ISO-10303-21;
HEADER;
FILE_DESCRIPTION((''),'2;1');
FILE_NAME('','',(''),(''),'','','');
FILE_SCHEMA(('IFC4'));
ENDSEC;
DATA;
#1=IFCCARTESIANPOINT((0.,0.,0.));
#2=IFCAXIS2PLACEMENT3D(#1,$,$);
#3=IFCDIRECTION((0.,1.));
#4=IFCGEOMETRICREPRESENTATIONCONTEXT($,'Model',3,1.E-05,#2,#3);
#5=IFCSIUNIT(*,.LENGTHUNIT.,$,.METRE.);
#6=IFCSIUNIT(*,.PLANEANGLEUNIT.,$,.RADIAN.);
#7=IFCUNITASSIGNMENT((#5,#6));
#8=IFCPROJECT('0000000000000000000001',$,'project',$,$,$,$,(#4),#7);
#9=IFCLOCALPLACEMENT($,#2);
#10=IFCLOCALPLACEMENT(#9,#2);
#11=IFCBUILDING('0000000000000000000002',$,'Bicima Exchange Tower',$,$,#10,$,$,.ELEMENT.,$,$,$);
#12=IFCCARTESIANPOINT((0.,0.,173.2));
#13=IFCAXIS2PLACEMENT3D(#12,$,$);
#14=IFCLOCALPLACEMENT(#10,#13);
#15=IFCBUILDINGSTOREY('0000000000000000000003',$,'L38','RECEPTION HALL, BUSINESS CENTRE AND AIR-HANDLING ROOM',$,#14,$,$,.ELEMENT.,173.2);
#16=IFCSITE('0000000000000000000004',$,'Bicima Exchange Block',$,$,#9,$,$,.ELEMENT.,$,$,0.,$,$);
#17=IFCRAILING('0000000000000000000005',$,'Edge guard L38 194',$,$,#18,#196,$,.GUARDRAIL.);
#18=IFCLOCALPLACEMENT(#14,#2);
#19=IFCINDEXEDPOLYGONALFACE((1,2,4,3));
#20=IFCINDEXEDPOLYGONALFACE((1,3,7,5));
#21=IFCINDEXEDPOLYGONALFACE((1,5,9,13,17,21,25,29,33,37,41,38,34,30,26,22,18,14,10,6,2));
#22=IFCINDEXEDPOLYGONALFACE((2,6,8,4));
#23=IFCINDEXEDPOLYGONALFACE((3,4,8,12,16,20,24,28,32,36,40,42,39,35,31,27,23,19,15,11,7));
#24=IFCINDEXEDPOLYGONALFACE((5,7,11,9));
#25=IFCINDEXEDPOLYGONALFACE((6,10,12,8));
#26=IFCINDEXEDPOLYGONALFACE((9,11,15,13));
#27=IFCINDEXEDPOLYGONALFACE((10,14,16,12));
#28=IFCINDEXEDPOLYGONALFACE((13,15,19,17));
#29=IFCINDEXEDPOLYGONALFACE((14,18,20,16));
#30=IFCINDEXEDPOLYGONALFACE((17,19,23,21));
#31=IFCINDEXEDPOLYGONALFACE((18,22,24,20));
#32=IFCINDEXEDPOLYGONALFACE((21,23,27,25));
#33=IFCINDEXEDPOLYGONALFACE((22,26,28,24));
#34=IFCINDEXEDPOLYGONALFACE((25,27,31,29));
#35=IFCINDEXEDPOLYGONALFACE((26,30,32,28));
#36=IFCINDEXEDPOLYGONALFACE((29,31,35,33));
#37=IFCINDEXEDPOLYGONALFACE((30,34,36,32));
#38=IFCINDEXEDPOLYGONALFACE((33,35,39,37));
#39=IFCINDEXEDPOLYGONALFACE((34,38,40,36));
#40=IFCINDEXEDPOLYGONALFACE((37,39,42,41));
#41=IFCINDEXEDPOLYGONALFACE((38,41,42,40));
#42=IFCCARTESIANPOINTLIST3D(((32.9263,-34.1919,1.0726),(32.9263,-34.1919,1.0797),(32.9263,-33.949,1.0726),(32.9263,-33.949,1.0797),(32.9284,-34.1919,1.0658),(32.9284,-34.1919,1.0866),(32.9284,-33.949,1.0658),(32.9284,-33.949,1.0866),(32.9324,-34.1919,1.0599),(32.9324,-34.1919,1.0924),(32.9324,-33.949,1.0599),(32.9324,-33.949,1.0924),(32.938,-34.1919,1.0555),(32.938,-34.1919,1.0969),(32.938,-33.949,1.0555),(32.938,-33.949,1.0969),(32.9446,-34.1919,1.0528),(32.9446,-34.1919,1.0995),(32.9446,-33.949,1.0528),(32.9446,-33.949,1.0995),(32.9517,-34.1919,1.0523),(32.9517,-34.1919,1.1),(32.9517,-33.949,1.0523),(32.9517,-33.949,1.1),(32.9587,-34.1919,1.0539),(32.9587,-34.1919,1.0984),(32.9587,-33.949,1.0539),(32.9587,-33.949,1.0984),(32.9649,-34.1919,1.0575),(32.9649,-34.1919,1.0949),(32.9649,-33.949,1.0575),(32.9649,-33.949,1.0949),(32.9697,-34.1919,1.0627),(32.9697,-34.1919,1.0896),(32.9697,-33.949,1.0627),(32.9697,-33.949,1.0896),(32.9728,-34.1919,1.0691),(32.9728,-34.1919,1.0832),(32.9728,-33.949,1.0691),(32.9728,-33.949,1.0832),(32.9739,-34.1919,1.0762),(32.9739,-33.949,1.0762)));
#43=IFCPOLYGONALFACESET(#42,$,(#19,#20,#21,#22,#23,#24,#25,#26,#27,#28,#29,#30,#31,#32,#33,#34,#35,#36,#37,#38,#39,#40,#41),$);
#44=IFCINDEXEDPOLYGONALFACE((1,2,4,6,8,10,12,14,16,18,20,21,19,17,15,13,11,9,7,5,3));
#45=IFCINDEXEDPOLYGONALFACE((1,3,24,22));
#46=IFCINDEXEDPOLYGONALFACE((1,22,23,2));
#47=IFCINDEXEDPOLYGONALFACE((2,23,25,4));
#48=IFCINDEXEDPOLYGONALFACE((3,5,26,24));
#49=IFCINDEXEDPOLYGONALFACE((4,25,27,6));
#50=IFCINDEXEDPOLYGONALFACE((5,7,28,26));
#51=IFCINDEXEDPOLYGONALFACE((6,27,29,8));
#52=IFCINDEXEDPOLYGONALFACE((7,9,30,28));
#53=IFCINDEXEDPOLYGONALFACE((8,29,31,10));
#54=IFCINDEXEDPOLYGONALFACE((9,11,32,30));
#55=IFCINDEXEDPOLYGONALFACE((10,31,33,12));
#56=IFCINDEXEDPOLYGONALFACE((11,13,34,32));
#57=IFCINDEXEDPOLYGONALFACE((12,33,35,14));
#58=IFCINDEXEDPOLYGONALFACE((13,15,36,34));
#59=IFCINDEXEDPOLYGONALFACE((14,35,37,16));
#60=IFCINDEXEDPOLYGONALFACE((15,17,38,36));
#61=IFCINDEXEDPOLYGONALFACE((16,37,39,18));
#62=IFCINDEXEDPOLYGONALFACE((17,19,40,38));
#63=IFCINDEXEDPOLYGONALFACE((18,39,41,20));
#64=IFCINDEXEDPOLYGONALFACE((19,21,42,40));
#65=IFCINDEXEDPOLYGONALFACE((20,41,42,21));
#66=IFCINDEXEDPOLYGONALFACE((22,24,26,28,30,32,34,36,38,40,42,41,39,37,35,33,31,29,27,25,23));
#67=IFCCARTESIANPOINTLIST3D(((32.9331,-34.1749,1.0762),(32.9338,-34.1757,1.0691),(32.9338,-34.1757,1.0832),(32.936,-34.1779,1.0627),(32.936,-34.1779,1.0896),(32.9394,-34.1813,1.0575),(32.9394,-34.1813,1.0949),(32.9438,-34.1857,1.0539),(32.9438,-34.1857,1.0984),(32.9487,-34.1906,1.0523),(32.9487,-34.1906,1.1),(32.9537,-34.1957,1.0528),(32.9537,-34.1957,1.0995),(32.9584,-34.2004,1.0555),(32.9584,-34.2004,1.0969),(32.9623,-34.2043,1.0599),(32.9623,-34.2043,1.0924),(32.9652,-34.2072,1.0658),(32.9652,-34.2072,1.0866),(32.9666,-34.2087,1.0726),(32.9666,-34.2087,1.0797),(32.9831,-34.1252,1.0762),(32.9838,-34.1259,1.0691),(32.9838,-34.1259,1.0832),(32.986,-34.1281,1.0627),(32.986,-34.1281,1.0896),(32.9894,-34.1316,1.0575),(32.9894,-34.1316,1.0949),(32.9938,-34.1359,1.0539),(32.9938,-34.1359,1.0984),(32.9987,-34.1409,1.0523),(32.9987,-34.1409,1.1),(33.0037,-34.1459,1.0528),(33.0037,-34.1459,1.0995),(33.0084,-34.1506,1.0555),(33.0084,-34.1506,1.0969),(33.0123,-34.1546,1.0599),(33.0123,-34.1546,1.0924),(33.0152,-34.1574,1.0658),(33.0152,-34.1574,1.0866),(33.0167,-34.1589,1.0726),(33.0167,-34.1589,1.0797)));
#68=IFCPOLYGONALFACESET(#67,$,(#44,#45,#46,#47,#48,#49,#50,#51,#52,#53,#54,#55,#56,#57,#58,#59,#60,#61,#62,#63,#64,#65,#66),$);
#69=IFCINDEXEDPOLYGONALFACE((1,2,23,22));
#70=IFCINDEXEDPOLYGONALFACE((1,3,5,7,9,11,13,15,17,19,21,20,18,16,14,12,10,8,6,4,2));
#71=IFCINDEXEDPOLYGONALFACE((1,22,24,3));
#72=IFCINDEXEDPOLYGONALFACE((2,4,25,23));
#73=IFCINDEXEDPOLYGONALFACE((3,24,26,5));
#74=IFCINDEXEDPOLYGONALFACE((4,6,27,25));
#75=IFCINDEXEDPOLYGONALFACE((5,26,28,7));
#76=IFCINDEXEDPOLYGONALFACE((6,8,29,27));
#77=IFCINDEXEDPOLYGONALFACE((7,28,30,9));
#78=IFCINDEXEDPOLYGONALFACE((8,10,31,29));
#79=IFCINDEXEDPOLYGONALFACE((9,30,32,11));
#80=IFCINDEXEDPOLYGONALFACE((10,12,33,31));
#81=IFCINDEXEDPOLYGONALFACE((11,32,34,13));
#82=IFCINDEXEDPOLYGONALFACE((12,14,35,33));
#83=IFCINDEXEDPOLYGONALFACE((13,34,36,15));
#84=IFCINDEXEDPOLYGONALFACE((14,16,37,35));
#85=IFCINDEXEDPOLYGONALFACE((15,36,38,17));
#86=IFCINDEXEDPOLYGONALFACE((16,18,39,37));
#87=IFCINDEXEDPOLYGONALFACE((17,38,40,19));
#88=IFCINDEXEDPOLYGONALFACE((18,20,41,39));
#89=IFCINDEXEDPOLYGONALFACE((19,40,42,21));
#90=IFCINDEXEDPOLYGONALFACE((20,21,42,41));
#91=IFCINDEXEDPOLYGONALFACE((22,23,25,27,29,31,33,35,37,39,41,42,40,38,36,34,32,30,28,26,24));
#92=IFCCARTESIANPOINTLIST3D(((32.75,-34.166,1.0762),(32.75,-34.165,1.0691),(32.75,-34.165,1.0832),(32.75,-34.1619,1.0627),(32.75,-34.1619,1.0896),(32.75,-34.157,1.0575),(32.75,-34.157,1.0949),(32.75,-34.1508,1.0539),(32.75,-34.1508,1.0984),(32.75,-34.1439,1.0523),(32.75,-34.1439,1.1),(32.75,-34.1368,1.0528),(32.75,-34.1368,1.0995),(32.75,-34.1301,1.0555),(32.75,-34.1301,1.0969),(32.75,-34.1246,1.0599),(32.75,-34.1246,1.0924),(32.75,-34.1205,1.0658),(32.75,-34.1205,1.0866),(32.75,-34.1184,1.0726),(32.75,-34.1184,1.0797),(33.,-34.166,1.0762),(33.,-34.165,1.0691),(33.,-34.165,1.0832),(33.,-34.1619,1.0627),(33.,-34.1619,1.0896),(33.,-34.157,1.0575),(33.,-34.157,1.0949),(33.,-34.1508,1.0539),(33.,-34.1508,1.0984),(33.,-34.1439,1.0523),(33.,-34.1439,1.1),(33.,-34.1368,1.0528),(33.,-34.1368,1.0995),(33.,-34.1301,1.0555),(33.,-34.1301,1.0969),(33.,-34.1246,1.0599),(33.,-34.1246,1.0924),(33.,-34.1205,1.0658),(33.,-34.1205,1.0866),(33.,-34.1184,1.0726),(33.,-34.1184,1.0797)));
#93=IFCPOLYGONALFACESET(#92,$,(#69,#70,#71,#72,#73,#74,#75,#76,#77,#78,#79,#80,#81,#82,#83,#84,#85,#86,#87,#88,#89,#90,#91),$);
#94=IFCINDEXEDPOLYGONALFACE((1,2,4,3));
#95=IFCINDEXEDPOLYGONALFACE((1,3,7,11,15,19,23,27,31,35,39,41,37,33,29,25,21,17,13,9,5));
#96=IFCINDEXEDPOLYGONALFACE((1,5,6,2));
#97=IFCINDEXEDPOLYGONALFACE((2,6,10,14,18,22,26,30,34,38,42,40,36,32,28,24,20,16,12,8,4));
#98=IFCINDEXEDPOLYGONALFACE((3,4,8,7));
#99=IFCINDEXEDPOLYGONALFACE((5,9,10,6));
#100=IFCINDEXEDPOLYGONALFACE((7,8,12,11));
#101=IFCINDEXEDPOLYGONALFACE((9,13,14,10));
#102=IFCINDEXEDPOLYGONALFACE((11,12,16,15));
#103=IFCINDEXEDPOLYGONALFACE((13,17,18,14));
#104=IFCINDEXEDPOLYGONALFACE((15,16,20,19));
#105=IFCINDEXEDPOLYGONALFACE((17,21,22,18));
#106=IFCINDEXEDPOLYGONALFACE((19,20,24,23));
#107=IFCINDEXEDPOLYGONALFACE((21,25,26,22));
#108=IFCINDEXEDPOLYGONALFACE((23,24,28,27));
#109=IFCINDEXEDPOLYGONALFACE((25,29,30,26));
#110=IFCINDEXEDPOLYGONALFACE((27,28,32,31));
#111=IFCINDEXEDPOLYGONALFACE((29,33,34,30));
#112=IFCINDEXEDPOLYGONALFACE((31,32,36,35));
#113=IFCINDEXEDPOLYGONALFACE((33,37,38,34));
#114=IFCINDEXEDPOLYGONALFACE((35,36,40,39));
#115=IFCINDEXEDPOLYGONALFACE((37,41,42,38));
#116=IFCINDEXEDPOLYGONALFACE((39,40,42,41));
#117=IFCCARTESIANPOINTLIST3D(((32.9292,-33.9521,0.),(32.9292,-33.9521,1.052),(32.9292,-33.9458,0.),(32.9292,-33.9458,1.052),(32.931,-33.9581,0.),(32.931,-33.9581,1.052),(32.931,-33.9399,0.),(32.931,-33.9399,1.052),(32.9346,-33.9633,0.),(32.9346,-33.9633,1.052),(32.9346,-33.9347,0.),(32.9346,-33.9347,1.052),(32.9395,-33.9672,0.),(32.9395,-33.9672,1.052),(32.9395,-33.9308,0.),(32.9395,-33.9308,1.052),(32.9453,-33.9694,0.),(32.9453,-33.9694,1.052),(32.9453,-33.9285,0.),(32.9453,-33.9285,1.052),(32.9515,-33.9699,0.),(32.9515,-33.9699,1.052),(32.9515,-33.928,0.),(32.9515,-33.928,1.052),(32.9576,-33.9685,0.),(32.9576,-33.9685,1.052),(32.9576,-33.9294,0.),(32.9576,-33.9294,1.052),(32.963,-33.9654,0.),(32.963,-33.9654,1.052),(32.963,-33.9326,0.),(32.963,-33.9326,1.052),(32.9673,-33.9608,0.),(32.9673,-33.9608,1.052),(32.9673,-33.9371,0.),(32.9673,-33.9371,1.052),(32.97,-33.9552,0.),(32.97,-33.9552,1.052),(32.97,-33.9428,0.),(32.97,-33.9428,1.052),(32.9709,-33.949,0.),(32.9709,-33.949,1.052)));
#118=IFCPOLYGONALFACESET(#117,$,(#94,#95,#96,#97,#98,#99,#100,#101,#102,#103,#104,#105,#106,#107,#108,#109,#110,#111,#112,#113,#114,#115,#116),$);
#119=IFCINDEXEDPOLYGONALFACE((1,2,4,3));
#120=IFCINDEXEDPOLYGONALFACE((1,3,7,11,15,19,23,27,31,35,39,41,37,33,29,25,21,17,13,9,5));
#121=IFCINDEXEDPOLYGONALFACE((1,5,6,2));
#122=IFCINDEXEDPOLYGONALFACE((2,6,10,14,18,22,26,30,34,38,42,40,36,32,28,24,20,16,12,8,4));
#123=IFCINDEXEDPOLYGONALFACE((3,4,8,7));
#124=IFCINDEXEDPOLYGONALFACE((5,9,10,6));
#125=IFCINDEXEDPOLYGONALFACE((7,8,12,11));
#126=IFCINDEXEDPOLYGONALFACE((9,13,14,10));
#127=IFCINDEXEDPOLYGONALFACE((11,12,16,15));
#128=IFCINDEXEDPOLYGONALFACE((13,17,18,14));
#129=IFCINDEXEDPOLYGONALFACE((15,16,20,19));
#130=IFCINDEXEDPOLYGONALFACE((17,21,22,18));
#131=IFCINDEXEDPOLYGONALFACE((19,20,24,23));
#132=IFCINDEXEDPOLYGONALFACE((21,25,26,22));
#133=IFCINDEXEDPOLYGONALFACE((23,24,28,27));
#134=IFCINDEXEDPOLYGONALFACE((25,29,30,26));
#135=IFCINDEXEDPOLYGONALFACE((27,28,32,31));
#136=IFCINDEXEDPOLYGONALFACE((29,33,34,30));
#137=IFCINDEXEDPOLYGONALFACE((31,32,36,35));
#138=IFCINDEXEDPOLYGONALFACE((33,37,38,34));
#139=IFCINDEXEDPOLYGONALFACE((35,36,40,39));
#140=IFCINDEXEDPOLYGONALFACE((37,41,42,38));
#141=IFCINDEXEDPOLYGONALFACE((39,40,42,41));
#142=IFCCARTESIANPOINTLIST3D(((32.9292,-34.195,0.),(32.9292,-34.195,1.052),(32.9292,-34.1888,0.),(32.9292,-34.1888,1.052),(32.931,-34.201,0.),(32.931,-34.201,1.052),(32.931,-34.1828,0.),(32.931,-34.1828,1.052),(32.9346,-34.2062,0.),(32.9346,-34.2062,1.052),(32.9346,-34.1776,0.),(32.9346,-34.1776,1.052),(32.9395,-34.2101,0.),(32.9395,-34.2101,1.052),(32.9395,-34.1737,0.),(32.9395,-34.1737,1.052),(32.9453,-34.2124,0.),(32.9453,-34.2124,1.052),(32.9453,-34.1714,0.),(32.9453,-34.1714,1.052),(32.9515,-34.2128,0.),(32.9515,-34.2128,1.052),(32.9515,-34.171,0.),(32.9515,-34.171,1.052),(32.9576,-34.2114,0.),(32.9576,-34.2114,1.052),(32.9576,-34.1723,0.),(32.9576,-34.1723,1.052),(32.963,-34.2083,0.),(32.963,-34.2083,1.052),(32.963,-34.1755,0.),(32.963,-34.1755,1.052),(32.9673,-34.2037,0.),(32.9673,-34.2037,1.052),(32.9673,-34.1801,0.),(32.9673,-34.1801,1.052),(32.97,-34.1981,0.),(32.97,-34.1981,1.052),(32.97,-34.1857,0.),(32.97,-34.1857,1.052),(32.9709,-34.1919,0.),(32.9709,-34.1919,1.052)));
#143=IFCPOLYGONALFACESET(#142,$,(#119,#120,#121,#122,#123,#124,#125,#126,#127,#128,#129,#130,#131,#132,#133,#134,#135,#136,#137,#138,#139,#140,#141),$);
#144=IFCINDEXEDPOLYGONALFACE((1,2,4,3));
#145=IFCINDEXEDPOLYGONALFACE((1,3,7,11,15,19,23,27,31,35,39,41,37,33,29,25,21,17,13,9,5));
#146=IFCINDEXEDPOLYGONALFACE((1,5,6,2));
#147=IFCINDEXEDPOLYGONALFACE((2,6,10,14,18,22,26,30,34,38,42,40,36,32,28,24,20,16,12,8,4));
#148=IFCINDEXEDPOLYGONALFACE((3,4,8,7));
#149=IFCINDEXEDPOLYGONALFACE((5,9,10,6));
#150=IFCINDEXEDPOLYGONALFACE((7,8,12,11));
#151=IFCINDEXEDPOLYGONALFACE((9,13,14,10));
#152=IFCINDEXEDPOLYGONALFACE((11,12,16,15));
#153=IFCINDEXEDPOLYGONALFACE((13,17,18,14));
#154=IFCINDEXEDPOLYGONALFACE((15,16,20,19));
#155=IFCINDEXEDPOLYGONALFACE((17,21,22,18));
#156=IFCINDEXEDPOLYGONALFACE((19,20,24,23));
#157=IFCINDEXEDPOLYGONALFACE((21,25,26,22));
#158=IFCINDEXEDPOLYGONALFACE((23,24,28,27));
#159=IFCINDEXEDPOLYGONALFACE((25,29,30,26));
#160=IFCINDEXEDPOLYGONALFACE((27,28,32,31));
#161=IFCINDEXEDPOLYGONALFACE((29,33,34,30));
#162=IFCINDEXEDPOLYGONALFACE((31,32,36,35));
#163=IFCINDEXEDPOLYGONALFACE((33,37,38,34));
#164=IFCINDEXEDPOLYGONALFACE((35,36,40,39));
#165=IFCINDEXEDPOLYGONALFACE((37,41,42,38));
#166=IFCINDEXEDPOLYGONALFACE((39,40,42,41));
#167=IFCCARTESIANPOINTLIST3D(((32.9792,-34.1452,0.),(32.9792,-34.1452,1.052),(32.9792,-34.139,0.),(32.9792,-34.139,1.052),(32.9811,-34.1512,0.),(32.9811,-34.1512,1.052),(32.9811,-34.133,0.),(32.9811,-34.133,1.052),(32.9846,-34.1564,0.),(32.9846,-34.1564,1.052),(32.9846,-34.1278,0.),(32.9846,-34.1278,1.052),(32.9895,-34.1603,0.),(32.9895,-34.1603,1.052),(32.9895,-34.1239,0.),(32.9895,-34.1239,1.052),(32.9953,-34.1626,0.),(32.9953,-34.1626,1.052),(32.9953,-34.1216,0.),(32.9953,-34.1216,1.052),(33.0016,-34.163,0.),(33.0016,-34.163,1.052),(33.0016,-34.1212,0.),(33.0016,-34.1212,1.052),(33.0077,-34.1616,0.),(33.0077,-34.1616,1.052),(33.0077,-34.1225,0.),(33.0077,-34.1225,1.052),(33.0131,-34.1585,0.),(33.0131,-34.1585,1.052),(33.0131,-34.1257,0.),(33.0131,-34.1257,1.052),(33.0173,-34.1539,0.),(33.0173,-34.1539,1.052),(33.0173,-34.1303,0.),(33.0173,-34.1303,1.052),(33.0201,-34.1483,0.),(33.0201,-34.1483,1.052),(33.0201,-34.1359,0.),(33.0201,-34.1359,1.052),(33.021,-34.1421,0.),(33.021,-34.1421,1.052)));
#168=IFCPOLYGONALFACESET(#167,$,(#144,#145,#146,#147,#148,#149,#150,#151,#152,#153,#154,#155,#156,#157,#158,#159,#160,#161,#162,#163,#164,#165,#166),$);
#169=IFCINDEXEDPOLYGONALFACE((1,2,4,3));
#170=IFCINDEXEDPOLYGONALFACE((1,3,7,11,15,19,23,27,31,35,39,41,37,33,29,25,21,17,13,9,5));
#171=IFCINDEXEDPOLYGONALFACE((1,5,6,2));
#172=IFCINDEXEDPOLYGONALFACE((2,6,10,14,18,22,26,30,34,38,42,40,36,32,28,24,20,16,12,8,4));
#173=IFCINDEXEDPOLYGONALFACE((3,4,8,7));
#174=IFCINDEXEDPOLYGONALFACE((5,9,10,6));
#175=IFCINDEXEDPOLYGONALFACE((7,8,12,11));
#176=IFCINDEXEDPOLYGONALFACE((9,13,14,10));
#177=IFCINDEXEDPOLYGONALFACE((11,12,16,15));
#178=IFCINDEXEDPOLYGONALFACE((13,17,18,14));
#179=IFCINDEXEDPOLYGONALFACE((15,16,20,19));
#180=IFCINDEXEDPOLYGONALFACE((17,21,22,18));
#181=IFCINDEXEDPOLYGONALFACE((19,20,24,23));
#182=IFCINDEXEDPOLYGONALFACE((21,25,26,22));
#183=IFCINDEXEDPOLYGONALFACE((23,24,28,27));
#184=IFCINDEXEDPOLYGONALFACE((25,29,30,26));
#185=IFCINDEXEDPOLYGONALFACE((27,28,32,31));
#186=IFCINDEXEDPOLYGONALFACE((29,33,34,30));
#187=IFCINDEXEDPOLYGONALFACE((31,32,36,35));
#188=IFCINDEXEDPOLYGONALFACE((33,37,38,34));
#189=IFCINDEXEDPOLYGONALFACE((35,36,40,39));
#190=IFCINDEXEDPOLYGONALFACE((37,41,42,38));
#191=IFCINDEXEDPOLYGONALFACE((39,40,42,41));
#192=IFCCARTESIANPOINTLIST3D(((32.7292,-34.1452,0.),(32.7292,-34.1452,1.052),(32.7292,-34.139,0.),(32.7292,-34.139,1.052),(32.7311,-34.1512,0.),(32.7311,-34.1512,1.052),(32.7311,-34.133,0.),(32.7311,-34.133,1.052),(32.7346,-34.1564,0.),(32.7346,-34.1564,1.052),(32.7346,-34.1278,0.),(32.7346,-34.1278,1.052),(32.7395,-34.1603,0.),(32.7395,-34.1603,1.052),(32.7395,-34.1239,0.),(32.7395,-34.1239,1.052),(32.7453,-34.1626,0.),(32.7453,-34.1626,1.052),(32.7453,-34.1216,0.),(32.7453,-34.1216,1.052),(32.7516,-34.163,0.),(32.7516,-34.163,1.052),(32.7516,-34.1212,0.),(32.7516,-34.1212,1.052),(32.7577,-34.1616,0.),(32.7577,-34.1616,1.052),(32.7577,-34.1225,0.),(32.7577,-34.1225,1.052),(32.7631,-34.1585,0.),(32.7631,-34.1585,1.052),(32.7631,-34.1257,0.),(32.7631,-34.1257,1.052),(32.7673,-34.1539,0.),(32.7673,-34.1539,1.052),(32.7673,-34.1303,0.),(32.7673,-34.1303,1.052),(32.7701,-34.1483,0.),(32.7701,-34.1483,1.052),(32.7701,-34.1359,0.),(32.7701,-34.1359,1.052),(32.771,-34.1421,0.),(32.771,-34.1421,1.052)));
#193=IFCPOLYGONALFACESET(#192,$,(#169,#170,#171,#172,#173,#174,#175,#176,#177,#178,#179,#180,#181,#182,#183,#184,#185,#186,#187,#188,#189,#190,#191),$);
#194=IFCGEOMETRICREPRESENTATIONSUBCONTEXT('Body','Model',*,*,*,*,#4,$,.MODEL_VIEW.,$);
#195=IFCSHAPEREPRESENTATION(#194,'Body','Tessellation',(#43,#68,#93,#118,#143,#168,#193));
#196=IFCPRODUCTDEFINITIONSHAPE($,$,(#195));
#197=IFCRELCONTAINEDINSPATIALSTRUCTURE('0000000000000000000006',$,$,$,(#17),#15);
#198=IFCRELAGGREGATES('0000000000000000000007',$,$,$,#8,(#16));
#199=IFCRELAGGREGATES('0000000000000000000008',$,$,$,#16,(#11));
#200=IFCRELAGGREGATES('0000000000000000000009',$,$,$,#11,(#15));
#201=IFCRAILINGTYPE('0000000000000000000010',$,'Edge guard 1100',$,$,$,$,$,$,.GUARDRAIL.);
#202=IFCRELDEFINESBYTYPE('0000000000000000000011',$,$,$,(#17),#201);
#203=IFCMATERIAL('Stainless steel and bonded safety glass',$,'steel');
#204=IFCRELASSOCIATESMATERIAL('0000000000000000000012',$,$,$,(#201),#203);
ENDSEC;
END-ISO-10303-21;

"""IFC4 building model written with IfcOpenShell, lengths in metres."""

from ifc_helpers import new_model, si_unit, direction, frame, origin, origin_2d, place, context, subcontext, project, spatial, circle, extrude, material, type_object, element, save


model = new_model("IFC4")

# Units and contexts
model_context = context("Model", 3, precision=1e-05, world=origin(), true_north=direction((0.0, 1.0)))
body_context = subcontext(model_context, "Body", "Model", "MODEL_VIEW")
ifc_project = project(units=[si_unit("LENGTHUNIT", "METRE"), si_unit("PLANEANGLEUNIT", "RADIAN")], contexts=[model_context])

# Site, building, storey
site_placement = place(None, origin())
site = spatial("IfcSite", under=ifc_project, at=site_placement, Name="Bicima Exchange Block", CompositionType="ELEMENT", RefElevation=0.0)
building_placement = place(site_placement, origin())
building = spatial("IfcBuilding", under=site, at=building_placement, Name="Bicima Exchange Tower", CompositionType="ELEMENT")
storey_placement = place(building_placement, frame((0.0, 0.0, 173.2)))
storey = spatial("IfcBuildingStorey", under=building, at=storey_placement, Name="L38", Description="RECEPTION HALL, BUSINESS CENTRE AND AIR-HANDLING ROOM", CompositionType="ELEMENT", Elevation=173.2)

# Railing
ifc_material_1 = material(Name="Stainless steel and bonded safety glass", Category="steel")
railing_type = type_object("IfcRailingType", Name="Edge guard 1100", PredefinedType="GUARDRAIL", material=ifc_material_1)
railing_1_placement = place(storey_placement, frame((32.95, -33.949, 0.0)))
element("IfcRailing", 1, at=railing_1_placement, inside=storey, type_object=railing_type, Name="Edge guard L38 194", PredefinedType="GUARDRAIL", context=body_context, shape_type="SweptSolid", body=[
    extrude(circle(Radius=0.0239, at=origin_2d()), frame((0.0, 0.0, 1.0762), z_axis=(0.0, -1.0, 0.0), x_axis=(1.0, 0.0, 0.0)), (0.0, 0.0, 1.0), 0.2429),
    extrude(circle(Radius=0.0239, at=origin_2d()), frame((0.0, -0.2429, 1.0762), z_axis=(0.708834, 0.705376, 0.0), x_axis=(-0.705376, 0.708834, 0.0)), (0.0, 0.0, 1.0), 0.0706),
    extrude(circle(Radius=0.0239, at=origin_2d()), frame((0.05, -0.1931, 1.0762), z_axis=(-1.0, 0.0, 0.0), x_axis=(0.0, -1.0, 0.0)), (0.0, 0.0, 1.0), 0.25),
    extrude(circle(Radius=0.021, at=origin_2d()), origin(), (0.0, 0.0, 1.0), 1.052),
    extrude(circle(Radius=0.021, at=origin_2d()), frame((0.0, -0.2429, 0.0)), (0.0, 0.0, 1.0), 1.052),
    extrude(circle(Radius=0.021, at=origin_2d()), frame((0.05, -0.1931, 0.0)), (0.0, 0.0, 1.0), 1.052),
    extrude(circle(Radius=0.021, at=origin_2d()), frame((-0.2, -0.1931, 0.0)), (0.0, 0.0, 1.0), 1.052),
])

save(model, "model.ifc")
